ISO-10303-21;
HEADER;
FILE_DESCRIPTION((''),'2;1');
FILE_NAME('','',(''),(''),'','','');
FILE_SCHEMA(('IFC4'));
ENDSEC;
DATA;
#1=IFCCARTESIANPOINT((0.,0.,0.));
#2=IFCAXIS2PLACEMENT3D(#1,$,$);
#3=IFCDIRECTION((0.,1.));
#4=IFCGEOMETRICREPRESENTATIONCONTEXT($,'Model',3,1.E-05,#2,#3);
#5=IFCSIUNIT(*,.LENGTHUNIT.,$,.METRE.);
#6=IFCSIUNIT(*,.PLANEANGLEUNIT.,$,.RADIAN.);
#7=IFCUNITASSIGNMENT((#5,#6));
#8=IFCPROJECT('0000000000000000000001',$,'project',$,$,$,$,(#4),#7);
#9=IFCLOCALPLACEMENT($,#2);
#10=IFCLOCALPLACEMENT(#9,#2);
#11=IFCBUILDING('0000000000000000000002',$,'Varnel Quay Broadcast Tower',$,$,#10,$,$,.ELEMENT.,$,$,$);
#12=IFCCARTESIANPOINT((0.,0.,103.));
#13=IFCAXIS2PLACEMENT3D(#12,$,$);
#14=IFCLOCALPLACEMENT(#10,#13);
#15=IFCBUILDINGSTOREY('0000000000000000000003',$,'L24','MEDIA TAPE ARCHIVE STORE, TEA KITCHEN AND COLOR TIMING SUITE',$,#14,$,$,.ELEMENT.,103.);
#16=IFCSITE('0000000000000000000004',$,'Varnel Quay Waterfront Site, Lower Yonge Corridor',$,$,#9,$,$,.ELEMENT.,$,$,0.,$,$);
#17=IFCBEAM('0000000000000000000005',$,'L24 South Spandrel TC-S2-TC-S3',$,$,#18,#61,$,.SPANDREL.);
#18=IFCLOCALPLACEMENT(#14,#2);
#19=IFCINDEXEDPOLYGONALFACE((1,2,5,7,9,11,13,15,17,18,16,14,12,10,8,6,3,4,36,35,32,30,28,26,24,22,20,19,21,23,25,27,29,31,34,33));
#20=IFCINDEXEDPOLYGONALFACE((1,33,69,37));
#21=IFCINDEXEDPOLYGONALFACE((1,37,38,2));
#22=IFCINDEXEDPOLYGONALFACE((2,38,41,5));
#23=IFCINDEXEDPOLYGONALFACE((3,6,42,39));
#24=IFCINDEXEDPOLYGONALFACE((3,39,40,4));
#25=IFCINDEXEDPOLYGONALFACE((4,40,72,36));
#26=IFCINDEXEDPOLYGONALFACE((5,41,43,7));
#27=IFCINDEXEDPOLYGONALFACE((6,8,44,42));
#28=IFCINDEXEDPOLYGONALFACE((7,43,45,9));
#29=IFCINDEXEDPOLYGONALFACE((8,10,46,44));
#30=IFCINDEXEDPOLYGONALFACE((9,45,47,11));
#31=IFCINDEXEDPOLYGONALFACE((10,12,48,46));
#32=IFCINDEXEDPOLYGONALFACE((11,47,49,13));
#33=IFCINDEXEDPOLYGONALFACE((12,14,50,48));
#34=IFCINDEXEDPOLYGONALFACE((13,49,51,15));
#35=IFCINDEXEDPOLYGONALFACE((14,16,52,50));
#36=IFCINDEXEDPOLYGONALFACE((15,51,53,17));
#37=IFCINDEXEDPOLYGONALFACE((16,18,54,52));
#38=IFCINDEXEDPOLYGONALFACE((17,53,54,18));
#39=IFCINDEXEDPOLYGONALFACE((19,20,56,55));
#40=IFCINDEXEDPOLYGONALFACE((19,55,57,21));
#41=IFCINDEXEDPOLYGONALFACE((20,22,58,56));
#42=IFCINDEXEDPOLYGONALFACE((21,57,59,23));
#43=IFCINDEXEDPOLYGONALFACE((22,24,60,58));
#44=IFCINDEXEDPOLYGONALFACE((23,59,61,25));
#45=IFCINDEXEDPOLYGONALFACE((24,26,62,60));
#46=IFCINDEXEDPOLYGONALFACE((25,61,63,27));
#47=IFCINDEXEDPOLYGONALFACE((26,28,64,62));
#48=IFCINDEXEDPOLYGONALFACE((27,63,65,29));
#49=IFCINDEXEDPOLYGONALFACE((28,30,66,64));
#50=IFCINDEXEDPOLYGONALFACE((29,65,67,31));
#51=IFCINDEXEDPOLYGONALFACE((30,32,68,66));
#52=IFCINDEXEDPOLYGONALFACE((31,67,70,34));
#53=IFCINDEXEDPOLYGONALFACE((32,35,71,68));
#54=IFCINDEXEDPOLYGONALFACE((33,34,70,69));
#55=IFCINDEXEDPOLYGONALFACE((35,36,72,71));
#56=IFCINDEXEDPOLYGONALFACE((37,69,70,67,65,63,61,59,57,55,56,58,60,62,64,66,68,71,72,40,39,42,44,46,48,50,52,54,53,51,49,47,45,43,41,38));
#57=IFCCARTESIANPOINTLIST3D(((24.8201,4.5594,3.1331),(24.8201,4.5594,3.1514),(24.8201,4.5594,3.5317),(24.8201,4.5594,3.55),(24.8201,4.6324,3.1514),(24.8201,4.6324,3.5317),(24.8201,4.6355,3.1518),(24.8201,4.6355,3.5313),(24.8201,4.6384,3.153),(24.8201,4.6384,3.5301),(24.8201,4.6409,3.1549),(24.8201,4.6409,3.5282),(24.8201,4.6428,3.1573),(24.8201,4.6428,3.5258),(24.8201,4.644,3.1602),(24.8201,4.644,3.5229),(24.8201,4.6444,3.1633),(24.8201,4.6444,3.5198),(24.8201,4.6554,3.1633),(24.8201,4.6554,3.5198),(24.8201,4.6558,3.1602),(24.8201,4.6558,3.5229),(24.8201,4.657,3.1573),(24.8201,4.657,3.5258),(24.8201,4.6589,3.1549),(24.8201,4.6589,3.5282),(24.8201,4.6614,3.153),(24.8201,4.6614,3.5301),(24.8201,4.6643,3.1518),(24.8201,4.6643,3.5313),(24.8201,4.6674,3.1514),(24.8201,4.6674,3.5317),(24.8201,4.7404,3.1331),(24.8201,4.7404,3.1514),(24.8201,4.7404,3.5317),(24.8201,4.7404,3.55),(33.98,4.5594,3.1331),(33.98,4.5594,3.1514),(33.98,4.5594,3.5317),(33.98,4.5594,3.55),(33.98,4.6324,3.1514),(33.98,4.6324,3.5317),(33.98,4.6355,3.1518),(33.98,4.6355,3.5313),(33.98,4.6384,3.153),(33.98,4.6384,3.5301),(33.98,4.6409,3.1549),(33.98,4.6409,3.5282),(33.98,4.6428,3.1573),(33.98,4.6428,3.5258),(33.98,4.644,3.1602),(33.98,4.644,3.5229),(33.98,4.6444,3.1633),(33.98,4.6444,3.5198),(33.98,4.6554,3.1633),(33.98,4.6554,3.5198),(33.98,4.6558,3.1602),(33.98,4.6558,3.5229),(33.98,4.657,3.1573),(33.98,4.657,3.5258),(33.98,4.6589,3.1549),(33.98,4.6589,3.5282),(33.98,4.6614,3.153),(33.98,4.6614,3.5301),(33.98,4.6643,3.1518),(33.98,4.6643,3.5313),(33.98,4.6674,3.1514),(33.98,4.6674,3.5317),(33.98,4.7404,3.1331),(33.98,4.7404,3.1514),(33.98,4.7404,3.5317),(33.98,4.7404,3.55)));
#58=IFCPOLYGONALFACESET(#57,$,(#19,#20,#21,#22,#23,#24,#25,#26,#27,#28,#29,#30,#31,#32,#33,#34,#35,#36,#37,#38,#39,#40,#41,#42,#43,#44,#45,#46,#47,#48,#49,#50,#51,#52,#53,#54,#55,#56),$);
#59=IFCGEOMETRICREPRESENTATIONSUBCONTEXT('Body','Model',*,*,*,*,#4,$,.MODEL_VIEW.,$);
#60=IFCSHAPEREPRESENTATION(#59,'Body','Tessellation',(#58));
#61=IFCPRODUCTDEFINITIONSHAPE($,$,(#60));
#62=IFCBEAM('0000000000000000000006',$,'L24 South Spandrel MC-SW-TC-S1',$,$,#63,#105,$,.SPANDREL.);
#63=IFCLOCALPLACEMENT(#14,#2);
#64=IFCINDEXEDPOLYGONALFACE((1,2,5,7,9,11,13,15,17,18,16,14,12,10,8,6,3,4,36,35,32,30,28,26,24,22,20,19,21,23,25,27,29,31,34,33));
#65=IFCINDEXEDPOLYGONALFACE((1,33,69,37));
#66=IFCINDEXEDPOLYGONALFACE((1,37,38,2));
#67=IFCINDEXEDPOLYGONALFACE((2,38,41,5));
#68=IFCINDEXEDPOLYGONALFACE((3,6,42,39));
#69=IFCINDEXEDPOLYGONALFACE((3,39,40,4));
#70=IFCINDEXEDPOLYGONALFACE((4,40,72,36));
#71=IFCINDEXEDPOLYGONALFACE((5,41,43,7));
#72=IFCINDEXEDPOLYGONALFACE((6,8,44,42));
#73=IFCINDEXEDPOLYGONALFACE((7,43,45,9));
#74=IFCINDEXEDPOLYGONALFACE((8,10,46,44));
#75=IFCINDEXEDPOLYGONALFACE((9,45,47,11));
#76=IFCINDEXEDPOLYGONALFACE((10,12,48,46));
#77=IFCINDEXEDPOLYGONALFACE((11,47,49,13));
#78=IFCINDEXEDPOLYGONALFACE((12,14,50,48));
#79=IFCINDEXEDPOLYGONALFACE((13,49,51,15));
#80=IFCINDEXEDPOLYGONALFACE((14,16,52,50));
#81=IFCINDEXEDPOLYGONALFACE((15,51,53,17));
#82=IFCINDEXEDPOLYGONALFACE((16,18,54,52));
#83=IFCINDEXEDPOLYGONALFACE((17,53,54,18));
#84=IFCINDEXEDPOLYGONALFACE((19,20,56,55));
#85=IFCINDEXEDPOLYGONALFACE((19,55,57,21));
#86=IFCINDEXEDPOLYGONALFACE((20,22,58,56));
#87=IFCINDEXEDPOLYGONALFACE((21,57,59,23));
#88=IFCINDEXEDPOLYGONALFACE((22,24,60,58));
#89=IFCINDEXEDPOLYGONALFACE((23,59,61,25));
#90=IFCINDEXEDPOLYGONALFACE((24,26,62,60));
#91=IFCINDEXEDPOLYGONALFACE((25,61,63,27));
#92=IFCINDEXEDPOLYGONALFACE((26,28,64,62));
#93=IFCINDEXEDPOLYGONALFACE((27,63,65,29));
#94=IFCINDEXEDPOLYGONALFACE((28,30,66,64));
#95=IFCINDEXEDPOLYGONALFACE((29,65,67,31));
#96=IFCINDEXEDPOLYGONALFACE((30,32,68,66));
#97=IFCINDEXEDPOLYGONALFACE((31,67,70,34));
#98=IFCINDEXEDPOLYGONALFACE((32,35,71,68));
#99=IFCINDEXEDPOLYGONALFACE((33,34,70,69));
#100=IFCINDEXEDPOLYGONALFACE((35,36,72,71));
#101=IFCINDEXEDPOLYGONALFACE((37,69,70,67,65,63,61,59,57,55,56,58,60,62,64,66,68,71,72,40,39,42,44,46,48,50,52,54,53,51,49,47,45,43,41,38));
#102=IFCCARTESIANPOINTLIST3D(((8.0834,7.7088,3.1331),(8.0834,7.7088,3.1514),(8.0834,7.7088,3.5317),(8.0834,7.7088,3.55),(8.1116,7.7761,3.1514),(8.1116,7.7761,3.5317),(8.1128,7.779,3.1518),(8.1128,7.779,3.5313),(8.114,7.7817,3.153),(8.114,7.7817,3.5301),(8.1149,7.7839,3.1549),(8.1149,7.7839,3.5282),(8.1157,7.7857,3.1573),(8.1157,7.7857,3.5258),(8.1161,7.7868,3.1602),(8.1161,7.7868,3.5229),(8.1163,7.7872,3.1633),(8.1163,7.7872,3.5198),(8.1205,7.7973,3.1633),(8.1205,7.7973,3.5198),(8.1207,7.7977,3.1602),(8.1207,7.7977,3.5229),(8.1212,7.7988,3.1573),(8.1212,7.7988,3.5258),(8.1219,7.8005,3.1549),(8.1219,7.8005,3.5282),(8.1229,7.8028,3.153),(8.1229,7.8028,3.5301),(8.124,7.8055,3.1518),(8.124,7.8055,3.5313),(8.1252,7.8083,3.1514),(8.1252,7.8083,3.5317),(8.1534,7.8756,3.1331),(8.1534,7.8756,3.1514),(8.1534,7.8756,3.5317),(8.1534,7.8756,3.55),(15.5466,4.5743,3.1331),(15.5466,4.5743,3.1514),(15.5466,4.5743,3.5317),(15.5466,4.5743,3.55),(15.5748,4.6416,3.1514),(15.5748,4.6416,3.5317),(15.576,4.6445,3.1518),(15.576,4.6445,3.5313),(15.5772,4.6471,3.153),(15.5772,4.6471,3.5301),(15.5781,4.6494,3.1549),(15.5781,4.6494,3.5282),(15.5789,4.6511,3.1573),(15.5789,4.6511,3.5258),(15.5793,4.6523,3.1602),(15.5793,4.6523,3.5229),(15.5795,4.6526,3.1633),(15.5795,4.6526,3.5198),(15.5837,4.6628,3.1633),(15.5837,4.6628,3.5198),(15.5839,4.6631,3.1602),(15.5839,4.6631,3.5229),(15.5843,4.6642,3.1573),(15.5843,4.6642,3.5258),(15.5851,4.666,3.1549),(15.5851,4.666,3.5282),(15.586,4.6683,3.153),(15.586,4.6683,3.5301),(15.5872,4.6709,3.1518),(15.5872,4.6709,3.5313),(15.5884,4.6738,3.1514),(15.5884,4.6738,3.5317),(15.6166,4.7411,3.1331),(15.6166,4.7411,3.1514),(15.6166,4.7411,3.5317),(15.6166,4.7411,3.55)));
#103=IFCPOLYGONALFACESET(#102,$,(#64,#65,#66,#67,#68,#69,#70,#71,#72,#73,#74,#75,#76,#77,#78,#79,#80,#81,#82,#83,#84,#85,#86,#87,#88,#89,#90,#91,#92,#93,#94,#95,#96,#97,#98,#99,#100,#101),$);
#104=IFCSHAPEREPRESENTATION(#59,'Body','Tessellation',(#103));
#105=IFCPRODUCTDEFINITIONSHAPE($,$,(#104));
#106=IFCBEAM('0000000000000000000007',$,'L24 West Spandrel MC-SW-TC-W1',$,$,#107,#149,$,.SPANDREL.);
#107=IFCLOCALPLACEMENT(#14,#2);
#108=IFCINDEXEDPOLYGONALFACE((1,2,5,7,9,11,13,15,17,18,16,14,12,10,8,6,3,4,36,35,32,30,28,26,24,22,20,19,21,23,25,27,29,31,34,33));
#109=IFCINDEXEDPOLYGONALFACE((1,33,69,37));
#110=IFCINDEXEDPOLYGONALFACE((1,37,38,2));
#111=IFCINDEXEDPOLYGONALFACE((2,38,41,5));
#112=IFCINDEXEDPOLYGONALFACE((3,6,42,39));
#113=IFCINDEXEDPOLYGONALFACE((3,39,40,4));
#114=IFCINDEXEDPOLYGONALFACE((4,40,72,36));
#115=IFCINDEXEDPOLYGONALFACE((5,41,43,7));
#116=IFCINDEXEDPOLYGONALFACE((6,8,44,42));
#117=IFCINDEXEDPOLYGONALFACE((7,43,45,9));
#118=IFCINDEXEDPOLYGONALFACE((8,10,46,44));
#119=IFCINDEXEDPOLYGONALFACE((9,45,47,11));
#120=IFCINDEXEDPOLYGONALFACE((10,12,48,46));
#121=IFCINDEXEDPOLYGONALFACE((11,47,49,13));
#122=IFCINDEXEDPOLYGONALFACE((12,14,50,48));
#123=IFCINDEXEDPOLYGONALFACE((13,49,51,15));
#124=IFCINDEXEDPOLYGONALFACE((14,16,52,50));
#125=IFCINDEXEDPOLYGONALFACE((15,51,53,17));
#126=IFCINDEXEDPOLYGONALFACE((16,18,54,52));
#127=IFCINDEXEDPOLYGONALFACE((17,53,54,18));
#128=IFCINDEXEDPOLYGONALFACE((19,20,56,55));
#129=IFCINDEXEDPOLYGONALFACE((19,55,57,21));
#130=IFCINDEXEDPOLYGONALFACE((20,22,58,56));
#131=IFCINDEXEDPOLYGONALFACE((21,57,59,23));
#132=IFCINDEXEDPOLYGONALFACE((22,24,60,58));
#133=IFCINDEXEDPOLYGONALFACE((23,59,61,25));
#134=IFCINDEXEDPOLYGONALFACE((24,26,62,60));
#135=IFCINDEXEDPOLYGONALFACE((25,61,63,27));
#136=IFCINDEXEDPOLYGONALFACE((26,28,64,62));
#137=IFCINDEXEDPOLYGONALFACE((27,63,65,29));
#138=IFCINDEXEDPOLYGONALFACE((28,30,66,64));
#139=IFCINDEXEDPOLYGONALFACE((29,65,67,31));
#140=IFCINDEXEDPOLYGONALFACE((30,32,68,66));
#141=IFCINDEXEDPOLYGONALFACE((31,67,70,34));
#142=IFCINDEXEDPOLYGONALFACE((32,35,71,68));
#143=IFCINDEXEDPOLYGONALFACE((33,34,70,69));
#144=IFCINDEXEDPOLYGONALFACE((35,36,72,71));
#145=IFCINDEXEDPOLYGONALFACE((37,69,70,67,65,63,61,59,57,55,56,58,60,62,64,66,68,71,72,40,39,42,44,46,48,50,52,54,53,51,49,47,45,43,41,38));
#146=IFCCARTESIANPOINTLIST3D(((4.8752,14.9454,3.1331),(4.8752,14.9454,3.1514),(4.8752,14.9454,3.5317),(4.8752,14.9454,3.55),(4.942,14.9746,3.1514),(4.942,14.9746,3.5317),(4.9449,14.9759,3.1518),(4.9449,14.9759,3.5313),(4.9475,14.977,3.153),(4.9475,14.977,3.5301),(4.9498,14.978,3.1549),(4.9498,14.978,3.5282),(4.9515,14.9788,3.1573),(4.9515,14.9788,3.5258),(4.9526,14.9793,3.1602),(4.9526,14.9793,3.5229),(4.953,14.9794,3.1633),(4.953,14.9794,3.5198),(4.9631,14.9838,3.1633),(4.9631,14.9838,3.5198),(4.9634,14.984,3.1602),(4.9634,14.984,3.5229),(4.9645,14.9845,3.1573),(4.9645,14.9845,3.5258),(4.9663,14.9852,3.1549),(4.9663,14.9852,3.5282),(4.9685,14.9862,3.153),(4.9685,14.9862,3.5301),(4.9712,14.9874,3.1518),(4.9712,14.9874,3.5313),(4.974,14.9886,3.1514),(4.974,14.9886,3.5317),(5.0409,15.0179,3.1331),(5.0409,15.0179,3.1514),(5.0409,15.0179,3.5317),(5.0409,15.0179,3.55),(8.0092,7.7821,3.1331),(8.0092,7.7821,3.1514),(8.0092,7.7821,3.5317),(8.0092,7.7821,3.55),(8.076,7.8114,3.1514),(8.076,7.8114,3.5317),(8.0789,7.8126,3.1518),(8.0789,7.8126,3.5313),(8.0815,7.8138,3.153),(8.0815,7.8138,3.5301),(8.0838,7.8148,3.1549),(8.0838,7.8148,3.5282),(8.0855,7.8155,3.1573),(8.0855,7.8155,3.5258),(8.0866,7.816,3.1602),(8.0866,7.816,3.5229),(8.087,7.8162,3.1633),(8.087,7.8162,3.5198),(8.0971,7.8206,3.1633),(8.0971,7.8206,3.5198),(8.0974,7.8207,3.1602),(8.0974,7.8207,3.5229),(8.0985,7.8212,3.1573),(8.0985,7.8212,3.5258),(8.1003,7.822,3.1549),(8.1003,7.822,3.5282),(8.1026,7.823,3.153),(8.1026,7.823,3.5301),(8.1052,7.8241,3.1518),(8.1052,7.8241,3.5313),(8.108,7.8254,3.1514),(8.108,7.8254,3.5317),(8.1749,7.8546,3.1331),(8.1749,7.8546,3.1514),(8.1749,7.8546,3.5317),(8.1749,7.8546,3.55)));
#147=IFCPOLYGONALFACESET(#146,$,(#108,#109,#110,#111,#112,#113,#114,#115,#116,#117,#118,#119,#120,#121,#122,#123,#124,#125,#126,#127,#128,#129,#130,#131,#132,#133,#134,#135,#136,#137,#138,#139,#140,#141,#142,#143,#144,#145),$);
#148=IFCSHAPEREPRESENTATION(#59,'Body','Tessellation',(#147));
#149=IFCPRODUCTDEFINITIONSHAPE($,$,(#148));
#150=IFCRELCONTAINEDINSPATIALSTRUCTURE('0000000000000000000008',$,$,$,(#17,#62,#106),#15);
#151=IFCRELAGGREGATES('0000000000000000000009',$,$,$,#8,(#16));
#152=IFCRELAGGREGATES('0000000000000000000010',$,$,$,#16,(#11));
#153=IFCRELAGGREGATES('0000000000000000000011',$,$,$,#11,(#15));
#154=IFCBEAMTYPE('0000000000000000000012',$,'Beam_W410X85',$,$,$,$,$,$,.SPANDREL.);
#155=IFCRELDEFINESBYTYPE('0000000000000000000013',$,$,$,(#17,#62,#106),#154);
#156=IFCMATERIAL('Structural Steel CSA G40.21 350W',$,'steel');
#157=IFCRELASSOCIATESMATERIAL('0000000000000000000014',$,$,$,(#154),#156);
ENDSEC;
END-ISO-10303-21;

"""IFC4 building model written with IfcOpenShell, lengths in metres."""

from ifc_helpers import new_model, si_unit, direction, frame, origin, origin_2d, place, context, subcontext, project, spatial, i_section, extrude, source, transform, mapped, material, material_profile, profile_set, type_object, type_shapes, element, save


model = new_model("IFC4")

# Units and contexts
model_context = context("Model", 3, precision=1e-05, world=origin(), true_north=direction((0.0, 1.0)))
body_context = subcontext(model_context, "Body", "Model", "MODEL_VIEW")
ifc_project = project(units=[si_unit("LENGTHUNIT", "METRE"), si_unit("PLANEANGLEUNIT", "RADIAN")], contexts=[model_context])

# Site, building, storey
site_placement = place(None, origin())
site = spatial("IfcSite", under=ifc_project, at=site_placement, Name="Varnel Quay Waterfront Site, Lower Yonge Corridor", CompositionType="ELEMENT", RefElevation=0.0)
building_placement = place(site_placement, origin())
building = spatial("IfcBuilding", under=site, at=building_placement, Name="Varnel Quay Broadcast Tower", CompositionType="ELEMENT")
storey_placement = place(building_placement, frame((0.0, 0.0, 103.0)))
storey = spatial("IfcBuildingStorey", under=building, at=storey_placement, Name="L24", Description="MEDIA TAPE ARCHIVE STORE, TEA KITCHEN AND COLOR TIMING SUITE", CompositionType="ELEMENT", Elevation=103.0)

# Shared definitions
ifc_material_1 = material(Name="Structural Steel CSA G40.21 350W", Category="steel")

# Beams
ifc_material_profile_1 = material_profile(ifc_material_1, i_section(OverallWidth=0.1809, OverallDepth=0.417, WebThickness=0.011, FlangeThickness=0.0183, FilletRadius=0.012, at=origin_2d()), Name="W410X85")
ifc_profile_set_1 = profile_set([ifc_material_profile_1], Name="Structural Steel CSA G40.21 350W")
beam_type_1 = type_object("IfcBeamType", Name="Beam_W410X85", PredefinedType="SPANDREL", material=ifc_profile_set_1)
shared_shape_1 = source(origin(), body_context, "Body", "SweptSolid", [
    extrude(i_section(OverallWidth=0.1809, OverallDepth=0.417, WebThickness=0.011, FlangeThickness=0.0183, FilletRadius=0.012, at=origin_2d()), origin(), (0.0, 0.0, 1.0), 9.1599),
])
for number, where, z_axis, x_axis, name in (
    (1, (24.8201, 4.6499, 3.3416), (1.0, 0.0, 0.0), (0.0, 1.0, 0.0), "L24 South Spandrel TC-S2-TC-S3"),
):
    element("IfcBeam", number, at=place(storey_placement, frame(where, z_axis=z_axis, x_axis=x_axis)), inside=storey, type_object=beam_type_1, Name=name, PredefinedType="SPANDREL", context=body_context, shape_type="MappedRepresentation", body=[
        mapped(shared_shape_1, transform((0.0, 0.0, 0.0), x_axis=(1.0, 0.0, 0.0), y_axis=(0.0, 1.0, 0.0), z_axis=(0.0, 0.0, 1.0), scale=1.0)),
    ])
shared_shape_2 = source(origin(), body_context, "Body", "SweptSolid", [
    extrude(i_section(OverallWidth=0.1809, OverallDepth=0.417, WebThickness=0.011, FlangeThickness=0.0183, FilletRadius=0.012, at=origin_2d()), origin(), (0.0, 0.0, 1.0), 8.0947),
])
beam_1_placement = place(storey_placement, frame((8.1184, 7.7922, 3.3416), z_axis=(0.921982, -0.387233, 0.0), x_axis=(0.387233, 0.921982, 0.0)))
element("IfcBeam", 2, at=beam_1_placement, inside=storey, type_object=beam_type_1, Name="L24 South Spandrel MC-SW-TC-S1", PredefinedType="SPANDREL", context=body_context, shape_type="MappedRepresentation", body=[
    mapped(shared_shape_2, transform((0.0, 0.0, 0.0), x_axis=(1.0, 0.0, 0.0), y_axis=(0.0, 1.0, 0.0), z_axis=(0.0, 0.0, 1.0), scale=1.0)),
])
shared_shape_3 = source(origin(), body_context, "Body", "SweptSolid", [
    extrude(i_section(OverallWidth=0.1809, OverallDepth=0.417, WebThickness=0.011, FlangeThickness=0.0183, FilletRadius=0.012, at=origin_2d()), origin(), (0.0, 0.0, 1.0), 7.8188),
])
type_shapes(beam_type_1, [shared_shape_1, shared_shape_2, shared_shape_3])
beam_2_placement = place(storey_placement, frame((8.092, 7.8184, 3.3416), z_axis=(-0.400827, 0.916154, 0.0), x_axis=(-0.916154, -0.400827, 0.0)))
element("IfcBeam", 3, at=beam_2_placement, inside=storey, type_object=beam_type_1, Name="L24 West Spandrel MC-SW-TC-W1", PredefinedType="SPANDREL", context=body_context, shape_type="MappedRepresentation", body=[
    mapped(shared_shape_3, transform((0.0, 0.0, 0.0), x_axis=(1.0, 0.0, 0.0), y_axis=(0.0, 1.0, 0.0), z_axis=(0.0, 0.0, 1.0), scale=1.0)),
])

save(model, "model.ifc")
